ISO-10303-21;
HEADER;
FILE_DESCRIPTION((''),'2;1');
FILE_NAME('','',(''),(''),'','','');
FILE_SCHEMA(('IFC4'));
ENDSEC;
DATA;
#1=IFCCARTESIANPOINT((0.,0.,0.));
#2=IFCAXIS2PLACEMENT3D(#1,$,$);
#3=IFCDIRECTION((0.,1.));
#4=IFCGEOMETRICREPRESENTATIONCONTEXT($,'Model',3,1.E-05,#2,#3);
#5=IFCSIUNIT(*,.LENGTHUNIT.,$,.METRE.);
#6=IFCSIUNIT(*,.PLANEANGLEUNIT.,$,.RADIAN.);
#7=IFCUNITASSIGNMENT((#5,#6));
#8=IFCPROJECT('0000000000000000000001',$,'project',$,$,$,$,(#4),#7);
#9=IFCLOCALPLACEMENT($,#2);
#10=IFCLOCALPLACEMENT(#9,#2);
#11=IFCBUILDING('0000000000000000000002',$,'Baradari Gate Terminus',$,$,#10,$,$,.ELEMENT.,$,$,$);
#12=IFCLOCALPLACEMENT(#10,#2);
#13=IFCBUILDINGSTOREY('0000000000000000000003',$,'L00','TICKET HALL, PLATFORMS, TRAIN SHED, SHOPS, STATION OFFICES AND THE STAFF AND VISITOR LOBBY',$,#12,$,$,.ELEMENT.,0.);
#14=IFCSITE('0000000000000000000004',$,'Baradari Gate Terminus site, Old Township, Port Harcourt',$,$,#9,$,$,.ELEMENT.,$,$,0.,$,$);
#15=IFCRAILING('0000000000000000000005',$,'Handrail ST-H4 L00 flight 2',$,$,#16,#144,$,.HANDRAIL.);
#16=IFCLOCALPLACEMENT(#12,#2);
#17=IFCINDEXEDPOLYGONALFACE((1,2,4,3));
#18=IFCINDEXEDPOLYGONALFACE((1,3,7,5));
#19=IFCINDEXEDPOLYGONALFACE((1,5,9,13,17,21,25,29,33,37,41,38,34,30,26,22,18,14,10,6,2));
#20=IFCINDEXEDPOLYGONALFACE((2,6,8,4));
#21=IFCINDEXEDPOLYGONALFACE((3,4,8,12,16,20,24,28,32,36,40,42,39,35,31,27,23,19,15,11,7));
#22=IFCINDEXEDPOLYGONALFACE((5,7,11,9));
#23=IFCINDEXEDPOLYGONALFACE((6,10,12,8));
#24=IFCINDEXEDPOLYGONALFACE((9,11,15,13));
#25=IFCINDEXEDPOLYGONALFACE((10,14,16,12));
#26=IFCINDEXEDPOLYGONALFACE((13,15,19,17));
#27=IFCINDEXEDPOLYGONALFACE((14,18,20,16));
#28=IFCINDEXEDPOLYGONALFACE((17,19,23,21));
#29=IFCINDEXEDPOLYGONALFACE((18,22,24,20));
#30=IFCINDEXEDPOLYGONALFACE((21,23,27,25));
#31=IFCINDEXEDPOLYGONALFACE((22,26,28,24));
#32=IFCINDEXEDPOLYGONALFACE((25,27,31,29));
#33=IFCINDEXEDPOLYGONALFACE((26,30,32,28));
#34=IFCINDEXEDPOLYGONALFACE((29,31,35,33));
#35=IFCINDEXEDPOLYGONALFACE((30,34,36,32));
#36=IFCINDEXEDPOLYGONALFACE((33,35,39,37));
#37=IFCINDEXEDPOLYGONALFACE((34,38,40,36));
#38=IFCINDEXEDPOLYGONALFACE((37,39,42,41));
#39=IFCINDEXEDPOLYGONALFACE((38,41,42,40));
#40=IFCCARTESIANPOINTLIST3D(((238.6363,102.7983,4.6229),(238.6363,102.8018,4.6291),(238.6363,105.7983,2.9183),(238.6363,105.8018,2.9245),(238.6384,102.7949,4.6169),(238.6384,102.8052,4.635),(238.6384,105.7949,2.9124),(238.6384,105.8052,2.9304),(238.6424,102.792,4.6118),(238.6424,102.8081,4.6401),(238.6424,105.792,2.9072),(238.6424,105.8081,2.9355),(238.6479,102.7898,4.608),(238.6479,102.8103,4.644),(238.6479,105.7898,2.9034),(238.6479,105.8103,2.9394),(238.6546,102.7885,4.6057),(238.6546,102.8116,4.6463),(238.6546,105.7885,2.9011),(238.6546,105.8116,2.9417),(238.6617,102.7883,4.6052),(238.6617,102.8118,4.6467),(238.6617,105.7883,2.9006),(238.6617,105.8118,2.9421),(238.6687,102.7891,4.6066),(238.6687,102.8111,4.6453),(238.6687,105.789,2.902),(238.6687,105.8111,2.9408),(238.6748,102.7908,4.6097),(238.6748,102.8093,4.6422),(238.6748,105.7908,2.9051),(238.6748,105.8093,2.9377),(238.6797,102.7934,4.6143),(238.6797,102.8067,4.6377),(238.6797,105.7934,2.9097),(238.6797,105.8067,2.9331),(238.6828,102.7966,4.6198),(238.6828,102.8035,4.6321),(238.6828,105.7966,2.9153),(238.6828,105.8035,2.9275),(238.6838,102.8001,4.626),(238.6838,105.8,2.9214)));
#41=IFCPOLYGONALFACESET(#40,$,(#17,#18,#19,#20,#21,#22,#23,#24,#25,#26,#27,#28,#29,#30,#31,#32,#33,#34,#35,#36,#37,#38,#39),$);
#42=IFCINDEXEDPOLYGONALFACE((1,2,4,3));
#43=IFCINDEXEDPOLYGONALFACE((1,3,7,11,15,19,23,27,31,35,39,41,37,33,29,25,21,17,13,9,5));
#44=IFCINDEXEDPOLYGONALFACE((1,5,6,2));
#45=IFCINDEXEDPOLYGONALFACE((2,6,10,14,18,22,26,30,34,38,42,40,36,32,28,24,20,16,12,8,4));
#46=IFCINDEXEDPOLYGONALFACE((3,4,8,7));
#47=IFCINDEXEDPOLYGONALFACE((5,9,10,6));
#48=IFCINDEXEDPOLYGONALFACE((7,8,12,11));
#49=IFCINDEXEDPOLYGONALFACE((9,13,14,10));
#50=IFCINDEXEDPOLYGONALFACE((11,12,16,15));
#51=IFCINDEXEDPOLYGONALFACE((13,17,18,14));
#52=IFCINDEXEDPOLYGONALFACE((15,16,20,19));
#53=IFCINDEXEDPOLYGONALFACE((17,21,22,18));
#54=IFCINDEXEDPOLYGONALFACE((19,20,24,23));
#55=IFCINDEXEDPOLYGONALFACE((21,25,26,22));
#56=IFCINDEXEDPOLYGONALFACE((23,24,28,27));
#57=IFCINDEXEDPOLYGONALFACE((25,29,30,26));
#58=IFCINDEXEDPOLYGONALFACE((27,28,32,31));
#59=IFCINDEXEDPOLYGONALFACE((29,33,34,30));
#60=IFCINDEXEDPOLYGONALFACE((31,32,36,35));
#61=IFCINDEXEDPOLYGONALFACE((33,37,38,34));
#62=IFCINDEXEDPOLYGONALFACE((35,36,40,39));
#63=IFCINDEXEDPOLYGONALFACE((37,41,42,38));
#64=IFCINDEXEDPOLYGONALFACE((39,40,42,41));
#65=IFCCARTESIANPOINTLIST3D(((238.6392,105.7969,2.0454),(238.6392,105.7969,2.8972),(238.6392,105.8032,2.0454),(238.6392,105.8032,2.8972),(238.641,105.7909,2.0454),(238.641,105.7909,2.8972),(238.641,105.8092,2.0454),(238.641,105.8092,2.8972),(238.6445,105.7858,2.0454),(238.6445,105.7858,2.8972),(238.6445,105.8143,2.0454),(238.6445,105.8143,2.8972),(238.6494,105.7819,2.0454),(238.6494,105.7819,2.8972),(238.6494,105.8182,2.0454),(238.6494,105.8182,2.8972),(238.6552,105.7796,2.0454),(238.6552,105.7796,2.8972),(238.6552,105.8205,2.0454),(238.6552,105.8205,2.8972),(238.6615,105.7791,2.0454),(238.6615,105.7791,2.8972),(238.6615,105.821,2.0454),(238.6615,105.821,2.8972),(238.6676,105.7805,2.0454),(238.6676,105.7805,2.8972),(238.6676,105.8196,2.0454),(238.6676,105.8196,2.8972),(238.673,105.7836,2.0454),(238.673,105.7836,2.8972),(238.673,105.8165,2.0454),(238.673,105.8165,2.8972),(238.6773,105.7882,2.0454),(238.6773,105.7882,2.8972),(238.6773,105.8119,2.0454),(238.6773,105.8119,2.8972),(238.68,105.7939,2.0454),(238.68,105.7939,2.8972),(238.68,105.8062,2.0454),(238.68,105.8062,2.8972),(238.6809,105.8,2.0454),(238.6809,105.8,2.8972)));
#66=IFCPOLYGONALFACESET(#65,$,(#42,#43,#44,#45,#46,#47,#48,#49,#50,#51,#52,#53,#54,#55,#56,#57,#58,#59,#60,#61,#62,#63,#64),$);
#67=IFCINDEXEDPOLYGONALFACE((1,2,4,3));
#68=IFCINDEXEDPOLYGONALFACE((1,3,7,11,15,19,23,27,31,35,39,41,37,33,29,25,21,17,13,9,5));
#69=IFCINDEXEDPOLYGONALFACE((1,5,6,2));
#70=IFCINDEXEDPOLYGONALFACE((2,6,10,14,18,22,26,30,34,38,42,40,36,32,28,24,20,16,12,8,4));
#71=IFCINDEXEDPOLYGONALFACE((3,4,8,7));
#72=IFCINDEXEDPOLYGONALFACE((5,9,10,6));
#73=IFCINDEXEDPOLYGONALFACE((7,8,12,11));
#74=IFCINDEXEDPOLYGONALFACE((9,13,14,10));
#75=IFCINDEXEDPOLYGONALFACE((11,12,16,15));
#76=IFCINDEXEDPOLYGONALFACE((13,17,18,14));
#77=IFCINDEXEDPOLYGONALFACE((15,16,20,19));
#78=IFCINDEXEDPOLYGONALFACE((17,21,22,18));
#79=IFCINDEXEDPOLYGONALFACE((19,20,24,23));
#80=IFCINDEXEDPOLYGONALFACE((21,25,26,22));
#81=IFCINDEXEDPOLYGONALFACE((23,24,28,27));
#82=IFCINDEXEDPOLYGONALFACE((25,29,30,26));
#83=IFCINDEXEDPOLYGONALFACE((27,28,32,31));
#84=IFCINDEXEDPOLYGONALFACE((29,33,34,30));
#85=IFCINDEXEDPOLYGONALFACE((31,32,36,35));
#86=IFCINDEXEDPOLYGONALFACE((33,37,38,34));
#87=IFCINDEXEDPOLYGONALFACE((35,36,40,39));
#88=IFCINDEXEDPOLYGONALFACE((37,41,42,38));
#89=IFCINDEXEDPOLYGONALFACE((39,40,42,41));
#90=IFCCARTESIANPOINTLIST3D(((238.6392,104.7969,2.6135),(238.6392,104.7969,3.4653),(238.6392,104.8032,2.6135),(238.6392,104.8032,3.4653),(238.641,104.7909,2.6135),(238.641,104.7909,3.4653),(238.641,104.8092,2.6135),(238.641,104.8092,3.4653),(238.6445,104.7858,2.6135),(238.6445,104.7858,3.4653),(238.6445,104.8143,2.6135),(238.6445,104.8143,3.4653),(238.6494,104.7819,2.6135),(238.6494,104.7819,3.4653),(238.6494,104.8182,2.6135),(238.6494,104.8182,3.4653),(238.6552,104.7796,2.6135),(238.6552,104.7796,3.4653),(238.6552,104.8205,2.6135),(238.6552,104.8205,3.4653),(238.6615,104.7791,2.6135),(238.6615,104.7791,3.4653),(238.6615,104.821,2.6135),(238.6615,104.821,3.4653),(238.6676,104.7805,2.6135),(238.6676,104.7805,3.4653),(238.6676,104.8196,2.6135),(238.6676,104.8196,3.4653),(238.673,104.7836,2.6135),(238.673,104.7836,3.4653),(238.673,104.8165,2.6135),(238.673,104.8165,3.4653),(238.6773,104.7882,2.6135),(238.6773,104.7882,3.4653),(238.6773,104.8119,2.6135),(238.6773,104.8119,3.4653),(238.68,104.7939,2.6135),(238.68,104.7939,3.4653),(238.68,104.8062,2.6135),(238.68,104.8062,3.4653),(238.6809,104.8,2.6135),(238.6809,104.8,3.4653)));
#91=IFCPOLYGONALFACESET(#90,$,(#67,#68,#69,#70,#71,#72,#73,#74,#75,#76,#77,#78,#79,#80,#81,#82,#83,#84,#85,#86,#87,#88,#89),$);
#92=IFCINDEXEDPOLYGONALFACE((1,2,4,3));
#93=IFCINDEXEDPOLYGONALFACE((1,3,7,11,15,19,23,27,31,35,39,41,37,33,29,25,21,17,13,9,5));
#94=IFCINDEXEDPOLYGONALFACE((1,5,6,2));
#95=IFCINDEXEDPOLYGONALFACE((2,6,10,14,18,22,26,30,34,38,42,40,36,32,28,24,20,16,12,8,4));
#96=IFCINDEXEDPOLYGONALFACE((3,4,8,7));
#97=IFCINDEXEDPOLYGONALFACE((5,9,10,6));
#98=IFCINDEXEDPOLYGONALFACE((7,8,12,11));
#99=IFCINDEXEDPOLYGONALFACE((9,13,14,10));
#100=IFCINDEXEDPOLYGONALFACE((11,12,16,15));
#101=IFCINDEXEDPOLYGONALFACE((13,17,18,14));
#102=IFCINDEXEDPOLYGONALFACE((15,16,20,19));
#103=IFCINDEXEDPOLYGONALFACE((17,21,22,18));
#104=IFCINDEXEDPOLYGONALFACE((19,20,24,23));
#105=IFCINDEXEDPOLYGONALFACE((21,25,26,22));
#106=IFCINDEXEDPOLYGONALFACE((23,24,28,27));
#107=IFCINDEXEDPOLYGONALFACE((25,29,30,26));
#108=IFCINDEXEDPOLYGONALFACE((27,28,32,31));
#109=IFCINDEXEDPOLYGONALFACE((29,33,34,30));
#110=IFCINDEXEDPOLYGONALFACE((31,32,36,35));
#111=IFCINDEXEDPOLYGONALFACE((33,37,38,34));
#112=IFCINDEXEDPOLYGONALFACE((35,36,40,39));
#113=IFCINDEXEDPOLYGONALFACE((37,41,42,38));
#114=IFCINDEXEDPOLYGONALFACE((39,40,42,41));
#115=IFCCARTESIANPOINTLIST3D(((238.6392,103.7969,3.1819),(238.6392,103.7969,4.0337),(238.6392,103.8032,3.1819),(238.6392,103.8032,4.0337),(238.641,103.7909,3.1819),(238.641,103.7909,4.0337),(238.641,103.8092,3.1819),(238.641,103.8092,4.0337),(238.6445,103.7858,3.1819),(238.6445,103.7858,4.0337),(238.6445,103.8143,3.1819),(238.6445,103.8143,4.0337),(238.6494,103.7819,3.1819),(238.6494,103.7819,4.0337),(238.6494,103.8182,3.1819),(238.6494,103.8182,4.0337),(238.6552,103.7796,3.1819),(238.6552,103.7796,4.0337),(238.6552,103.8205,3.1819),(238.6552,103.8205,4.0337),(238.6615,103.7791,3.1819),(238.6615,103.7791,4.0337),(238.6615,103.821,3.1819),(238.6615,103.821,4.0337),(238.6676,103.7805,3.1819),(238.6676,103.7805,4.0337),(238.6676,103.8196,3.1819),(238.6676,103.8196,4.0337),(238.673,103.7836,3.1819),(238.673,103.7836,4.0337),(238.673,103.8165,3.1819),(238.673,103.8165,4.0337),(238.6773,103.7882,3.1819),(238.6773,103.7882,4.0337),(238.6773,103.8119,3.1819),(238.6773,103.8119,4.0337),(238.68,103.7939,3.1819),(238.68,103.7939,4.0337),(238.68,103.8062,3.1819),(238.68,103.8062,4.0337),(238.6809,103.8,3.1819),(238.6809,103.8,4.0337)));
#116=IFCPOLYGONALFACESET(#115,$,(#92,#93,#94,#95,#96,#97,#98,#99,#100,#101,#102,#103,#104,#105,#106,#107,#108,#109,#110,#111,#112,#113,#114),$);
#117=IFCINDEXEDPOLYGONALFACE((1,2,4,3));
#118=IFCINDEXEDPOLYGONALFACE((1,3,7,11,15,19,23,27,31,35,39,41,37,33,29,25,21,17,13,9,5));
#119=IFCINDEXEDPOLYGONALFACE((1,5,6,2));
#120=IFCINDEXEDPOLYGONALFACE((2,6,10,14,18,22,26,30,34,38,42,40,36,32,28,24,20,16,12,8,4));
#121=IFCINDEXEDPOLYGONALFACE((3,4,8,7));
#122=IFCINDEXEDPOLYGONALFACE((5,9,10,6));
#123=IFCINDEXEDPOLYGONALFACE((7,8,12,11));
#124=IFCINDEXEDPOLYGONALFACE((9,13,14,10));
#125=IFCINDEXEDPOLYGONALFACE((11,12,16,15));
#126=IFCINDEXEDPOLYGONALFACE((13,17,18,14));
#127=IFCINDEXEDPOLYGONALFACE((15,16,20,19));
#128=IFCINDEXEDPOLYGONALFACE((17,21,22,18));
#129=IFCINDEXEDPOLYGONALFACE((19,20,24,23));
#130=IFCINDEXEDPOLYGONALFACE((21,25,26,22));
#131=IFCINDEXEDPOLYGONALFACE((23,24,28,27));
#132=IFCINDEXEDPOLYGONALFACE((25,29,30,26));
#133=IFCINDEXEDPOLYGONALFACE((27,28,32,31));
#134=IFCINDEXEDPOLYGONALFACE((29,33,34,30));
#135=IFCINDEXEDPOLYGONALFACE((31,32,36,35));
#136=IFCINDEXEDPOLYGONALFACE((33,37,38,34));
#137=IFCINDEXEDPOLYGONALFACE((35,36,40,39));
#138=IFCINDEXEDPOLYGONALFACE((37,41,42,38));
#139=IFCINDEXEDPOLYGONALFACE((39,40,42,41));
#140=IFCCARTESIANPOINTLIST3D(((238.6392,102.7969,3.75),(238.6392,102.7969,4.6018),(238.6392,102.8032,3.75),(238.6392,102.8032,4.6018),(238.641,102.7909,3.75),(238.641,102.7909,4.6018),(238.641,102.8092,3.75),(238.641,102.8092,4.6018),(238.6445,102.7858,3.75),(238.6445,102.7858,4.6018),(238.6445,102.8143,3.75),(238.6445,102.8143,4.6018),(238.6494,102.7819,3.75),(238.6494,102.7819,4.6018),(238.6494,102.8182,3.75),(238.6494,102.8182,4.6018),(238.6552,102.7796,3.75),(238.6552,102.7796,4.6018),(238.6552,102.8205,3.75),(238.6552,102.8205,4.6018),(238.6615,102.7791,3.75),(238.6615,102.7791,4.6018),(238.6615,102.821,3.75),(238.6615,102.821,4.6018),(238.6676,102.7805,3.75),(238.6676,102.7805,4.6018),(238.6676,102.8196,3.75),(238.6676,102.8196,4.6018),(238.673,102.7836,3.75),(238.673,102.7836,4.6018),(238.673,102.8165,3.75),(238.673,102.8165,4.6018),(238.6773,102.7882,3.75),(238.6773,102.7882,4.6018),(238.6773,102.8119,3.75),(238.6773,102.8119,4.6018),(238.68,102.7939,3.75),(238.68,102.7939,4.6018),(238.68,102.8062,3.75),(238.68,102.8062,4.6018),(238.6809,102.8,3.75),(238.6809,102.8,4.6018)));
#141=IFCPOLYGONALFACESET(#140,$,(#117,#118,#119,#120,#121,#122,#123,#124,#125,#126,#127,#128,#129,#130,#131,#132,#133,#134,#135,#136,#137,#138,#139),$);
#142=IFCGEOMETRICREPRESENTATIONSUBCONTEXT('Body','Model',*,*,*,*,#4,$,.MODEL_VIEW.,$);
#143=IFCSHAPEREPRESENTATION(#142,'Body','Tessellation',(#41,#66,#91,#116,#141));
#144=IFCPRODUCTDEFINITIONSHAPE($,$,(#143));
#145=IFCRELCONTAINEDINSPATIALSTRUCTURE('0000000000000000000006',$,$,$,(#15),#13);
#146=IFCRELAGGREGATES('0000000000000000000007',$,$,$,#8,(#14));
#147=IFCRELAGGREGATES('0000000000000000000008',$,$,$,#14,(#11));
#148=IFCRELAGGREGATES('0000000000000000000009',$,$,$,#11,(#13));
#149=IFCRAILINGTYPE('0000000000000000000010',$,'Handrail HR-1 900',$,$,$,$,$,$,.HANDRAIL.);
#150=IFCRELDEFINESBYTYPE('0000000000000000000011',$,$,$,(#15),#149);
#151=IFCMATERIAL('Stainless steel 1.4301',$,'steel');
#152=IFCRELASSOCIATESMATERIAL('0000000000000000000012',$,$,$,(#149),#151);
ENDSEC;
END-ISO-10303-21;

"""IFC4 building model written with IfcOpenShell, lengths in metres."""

from ifc_helpers import new_model, si_unit, direction, frame, origin, origin_2d, place, context, subcontext, project, spatial, circle, extrude, material, type_object, element, save


model = new_model("IFC4")

# Units and contexts
model_context = context("Model", 3, precision=1e-05, world=origin(), true_north=direction((0.0, 1.0)))
body_context = subcontext(model_context, "Body", "Model", "MODEL_VIEW")
ifc_project = project(units=[si_unit("LENGTHUNIT", "METRE"), si_unit("PLANEANGLEUNIT", "RADIAN")], contexts=[model_context])

# Site, building, storey
site_placement = place(None, origin())
site = spatial("IfcSite", under=ifc_project, at=site_placement, Name="Baradari Gate Terminus site, Old Township, Port Harcourt", CompositionType="ELEMENT", RefElevation=0.0)
building_placement = place(site_placement, origin())
building = spatial("IfcBuilding", under=site, at=building_placement, Name="Baradari Gate Terminus", CompositionType="ELEMENT")
storey_placement = place(building_placement, origin())
storey = spatial("IfcBuildingStorey", under=building, at=storey_placement, Name="L00", Description="TICKET HALL, PLATFORMS, TRAIN SHED, SHOPS, STATION OFFICES AND THE STAFF AND VISITOR LOBBY", CompositionType="ELEMENT", Elevation=0.0)

# Railing
ifc_material_1 = material(Name="Stainless steel 1.4301", Category="steel")
railing_type_1 = type_object("IfcRailingType", Name="Handrail HR-1 900", PredefinedType="HANDRAIL", material=ifc_material_1)
for number, where, name in (
    (1, (238.6599, 105.8, 2.0454), "Handrail ST-H4 L00 flight 2"),
):
    element("IfcRailing", number, at=place(storey_placement, frame(where)), inside=storey, type_object=railing_type_1, Name=name, PredefinedType="HANDRAIL", context=body_context, shape_type="SweptSolid", body=[
        extrude(circle(Radius=0.0239, at=origin_2d()), frame((0.0, 0.0, 0.876), z_axis=(0.0, -0.869451, 0.494019), x_axis=(1.0, 0.0, 0.0)), (0.0, 0.0, 1.0), 3.4504),
        extrude(circle(Radius=0.021, at=origin_2d()), origin(), (0.0, 0.0, 1.0), 0.8518),
        extrude(circle(Radius=0.021, at=origin_2d()), frame((0.0, -1.0, 0.5681)), (0.0, 0.0, 1.0), 0.8518),
        extrude(circle(Radius=0.021, at=origin_2d()), frame((0.0, -2.0, 1.1365)), (0.0, 0.0, 1.0), 0.8518),
        extrude(circle(Radius=0.021, at=origin_2d()), frame((0.0, -3.0, 1.7046)), (0.0, 0.0, 1.0), 0.8518),
    ])

save(model, "model.ifc")
